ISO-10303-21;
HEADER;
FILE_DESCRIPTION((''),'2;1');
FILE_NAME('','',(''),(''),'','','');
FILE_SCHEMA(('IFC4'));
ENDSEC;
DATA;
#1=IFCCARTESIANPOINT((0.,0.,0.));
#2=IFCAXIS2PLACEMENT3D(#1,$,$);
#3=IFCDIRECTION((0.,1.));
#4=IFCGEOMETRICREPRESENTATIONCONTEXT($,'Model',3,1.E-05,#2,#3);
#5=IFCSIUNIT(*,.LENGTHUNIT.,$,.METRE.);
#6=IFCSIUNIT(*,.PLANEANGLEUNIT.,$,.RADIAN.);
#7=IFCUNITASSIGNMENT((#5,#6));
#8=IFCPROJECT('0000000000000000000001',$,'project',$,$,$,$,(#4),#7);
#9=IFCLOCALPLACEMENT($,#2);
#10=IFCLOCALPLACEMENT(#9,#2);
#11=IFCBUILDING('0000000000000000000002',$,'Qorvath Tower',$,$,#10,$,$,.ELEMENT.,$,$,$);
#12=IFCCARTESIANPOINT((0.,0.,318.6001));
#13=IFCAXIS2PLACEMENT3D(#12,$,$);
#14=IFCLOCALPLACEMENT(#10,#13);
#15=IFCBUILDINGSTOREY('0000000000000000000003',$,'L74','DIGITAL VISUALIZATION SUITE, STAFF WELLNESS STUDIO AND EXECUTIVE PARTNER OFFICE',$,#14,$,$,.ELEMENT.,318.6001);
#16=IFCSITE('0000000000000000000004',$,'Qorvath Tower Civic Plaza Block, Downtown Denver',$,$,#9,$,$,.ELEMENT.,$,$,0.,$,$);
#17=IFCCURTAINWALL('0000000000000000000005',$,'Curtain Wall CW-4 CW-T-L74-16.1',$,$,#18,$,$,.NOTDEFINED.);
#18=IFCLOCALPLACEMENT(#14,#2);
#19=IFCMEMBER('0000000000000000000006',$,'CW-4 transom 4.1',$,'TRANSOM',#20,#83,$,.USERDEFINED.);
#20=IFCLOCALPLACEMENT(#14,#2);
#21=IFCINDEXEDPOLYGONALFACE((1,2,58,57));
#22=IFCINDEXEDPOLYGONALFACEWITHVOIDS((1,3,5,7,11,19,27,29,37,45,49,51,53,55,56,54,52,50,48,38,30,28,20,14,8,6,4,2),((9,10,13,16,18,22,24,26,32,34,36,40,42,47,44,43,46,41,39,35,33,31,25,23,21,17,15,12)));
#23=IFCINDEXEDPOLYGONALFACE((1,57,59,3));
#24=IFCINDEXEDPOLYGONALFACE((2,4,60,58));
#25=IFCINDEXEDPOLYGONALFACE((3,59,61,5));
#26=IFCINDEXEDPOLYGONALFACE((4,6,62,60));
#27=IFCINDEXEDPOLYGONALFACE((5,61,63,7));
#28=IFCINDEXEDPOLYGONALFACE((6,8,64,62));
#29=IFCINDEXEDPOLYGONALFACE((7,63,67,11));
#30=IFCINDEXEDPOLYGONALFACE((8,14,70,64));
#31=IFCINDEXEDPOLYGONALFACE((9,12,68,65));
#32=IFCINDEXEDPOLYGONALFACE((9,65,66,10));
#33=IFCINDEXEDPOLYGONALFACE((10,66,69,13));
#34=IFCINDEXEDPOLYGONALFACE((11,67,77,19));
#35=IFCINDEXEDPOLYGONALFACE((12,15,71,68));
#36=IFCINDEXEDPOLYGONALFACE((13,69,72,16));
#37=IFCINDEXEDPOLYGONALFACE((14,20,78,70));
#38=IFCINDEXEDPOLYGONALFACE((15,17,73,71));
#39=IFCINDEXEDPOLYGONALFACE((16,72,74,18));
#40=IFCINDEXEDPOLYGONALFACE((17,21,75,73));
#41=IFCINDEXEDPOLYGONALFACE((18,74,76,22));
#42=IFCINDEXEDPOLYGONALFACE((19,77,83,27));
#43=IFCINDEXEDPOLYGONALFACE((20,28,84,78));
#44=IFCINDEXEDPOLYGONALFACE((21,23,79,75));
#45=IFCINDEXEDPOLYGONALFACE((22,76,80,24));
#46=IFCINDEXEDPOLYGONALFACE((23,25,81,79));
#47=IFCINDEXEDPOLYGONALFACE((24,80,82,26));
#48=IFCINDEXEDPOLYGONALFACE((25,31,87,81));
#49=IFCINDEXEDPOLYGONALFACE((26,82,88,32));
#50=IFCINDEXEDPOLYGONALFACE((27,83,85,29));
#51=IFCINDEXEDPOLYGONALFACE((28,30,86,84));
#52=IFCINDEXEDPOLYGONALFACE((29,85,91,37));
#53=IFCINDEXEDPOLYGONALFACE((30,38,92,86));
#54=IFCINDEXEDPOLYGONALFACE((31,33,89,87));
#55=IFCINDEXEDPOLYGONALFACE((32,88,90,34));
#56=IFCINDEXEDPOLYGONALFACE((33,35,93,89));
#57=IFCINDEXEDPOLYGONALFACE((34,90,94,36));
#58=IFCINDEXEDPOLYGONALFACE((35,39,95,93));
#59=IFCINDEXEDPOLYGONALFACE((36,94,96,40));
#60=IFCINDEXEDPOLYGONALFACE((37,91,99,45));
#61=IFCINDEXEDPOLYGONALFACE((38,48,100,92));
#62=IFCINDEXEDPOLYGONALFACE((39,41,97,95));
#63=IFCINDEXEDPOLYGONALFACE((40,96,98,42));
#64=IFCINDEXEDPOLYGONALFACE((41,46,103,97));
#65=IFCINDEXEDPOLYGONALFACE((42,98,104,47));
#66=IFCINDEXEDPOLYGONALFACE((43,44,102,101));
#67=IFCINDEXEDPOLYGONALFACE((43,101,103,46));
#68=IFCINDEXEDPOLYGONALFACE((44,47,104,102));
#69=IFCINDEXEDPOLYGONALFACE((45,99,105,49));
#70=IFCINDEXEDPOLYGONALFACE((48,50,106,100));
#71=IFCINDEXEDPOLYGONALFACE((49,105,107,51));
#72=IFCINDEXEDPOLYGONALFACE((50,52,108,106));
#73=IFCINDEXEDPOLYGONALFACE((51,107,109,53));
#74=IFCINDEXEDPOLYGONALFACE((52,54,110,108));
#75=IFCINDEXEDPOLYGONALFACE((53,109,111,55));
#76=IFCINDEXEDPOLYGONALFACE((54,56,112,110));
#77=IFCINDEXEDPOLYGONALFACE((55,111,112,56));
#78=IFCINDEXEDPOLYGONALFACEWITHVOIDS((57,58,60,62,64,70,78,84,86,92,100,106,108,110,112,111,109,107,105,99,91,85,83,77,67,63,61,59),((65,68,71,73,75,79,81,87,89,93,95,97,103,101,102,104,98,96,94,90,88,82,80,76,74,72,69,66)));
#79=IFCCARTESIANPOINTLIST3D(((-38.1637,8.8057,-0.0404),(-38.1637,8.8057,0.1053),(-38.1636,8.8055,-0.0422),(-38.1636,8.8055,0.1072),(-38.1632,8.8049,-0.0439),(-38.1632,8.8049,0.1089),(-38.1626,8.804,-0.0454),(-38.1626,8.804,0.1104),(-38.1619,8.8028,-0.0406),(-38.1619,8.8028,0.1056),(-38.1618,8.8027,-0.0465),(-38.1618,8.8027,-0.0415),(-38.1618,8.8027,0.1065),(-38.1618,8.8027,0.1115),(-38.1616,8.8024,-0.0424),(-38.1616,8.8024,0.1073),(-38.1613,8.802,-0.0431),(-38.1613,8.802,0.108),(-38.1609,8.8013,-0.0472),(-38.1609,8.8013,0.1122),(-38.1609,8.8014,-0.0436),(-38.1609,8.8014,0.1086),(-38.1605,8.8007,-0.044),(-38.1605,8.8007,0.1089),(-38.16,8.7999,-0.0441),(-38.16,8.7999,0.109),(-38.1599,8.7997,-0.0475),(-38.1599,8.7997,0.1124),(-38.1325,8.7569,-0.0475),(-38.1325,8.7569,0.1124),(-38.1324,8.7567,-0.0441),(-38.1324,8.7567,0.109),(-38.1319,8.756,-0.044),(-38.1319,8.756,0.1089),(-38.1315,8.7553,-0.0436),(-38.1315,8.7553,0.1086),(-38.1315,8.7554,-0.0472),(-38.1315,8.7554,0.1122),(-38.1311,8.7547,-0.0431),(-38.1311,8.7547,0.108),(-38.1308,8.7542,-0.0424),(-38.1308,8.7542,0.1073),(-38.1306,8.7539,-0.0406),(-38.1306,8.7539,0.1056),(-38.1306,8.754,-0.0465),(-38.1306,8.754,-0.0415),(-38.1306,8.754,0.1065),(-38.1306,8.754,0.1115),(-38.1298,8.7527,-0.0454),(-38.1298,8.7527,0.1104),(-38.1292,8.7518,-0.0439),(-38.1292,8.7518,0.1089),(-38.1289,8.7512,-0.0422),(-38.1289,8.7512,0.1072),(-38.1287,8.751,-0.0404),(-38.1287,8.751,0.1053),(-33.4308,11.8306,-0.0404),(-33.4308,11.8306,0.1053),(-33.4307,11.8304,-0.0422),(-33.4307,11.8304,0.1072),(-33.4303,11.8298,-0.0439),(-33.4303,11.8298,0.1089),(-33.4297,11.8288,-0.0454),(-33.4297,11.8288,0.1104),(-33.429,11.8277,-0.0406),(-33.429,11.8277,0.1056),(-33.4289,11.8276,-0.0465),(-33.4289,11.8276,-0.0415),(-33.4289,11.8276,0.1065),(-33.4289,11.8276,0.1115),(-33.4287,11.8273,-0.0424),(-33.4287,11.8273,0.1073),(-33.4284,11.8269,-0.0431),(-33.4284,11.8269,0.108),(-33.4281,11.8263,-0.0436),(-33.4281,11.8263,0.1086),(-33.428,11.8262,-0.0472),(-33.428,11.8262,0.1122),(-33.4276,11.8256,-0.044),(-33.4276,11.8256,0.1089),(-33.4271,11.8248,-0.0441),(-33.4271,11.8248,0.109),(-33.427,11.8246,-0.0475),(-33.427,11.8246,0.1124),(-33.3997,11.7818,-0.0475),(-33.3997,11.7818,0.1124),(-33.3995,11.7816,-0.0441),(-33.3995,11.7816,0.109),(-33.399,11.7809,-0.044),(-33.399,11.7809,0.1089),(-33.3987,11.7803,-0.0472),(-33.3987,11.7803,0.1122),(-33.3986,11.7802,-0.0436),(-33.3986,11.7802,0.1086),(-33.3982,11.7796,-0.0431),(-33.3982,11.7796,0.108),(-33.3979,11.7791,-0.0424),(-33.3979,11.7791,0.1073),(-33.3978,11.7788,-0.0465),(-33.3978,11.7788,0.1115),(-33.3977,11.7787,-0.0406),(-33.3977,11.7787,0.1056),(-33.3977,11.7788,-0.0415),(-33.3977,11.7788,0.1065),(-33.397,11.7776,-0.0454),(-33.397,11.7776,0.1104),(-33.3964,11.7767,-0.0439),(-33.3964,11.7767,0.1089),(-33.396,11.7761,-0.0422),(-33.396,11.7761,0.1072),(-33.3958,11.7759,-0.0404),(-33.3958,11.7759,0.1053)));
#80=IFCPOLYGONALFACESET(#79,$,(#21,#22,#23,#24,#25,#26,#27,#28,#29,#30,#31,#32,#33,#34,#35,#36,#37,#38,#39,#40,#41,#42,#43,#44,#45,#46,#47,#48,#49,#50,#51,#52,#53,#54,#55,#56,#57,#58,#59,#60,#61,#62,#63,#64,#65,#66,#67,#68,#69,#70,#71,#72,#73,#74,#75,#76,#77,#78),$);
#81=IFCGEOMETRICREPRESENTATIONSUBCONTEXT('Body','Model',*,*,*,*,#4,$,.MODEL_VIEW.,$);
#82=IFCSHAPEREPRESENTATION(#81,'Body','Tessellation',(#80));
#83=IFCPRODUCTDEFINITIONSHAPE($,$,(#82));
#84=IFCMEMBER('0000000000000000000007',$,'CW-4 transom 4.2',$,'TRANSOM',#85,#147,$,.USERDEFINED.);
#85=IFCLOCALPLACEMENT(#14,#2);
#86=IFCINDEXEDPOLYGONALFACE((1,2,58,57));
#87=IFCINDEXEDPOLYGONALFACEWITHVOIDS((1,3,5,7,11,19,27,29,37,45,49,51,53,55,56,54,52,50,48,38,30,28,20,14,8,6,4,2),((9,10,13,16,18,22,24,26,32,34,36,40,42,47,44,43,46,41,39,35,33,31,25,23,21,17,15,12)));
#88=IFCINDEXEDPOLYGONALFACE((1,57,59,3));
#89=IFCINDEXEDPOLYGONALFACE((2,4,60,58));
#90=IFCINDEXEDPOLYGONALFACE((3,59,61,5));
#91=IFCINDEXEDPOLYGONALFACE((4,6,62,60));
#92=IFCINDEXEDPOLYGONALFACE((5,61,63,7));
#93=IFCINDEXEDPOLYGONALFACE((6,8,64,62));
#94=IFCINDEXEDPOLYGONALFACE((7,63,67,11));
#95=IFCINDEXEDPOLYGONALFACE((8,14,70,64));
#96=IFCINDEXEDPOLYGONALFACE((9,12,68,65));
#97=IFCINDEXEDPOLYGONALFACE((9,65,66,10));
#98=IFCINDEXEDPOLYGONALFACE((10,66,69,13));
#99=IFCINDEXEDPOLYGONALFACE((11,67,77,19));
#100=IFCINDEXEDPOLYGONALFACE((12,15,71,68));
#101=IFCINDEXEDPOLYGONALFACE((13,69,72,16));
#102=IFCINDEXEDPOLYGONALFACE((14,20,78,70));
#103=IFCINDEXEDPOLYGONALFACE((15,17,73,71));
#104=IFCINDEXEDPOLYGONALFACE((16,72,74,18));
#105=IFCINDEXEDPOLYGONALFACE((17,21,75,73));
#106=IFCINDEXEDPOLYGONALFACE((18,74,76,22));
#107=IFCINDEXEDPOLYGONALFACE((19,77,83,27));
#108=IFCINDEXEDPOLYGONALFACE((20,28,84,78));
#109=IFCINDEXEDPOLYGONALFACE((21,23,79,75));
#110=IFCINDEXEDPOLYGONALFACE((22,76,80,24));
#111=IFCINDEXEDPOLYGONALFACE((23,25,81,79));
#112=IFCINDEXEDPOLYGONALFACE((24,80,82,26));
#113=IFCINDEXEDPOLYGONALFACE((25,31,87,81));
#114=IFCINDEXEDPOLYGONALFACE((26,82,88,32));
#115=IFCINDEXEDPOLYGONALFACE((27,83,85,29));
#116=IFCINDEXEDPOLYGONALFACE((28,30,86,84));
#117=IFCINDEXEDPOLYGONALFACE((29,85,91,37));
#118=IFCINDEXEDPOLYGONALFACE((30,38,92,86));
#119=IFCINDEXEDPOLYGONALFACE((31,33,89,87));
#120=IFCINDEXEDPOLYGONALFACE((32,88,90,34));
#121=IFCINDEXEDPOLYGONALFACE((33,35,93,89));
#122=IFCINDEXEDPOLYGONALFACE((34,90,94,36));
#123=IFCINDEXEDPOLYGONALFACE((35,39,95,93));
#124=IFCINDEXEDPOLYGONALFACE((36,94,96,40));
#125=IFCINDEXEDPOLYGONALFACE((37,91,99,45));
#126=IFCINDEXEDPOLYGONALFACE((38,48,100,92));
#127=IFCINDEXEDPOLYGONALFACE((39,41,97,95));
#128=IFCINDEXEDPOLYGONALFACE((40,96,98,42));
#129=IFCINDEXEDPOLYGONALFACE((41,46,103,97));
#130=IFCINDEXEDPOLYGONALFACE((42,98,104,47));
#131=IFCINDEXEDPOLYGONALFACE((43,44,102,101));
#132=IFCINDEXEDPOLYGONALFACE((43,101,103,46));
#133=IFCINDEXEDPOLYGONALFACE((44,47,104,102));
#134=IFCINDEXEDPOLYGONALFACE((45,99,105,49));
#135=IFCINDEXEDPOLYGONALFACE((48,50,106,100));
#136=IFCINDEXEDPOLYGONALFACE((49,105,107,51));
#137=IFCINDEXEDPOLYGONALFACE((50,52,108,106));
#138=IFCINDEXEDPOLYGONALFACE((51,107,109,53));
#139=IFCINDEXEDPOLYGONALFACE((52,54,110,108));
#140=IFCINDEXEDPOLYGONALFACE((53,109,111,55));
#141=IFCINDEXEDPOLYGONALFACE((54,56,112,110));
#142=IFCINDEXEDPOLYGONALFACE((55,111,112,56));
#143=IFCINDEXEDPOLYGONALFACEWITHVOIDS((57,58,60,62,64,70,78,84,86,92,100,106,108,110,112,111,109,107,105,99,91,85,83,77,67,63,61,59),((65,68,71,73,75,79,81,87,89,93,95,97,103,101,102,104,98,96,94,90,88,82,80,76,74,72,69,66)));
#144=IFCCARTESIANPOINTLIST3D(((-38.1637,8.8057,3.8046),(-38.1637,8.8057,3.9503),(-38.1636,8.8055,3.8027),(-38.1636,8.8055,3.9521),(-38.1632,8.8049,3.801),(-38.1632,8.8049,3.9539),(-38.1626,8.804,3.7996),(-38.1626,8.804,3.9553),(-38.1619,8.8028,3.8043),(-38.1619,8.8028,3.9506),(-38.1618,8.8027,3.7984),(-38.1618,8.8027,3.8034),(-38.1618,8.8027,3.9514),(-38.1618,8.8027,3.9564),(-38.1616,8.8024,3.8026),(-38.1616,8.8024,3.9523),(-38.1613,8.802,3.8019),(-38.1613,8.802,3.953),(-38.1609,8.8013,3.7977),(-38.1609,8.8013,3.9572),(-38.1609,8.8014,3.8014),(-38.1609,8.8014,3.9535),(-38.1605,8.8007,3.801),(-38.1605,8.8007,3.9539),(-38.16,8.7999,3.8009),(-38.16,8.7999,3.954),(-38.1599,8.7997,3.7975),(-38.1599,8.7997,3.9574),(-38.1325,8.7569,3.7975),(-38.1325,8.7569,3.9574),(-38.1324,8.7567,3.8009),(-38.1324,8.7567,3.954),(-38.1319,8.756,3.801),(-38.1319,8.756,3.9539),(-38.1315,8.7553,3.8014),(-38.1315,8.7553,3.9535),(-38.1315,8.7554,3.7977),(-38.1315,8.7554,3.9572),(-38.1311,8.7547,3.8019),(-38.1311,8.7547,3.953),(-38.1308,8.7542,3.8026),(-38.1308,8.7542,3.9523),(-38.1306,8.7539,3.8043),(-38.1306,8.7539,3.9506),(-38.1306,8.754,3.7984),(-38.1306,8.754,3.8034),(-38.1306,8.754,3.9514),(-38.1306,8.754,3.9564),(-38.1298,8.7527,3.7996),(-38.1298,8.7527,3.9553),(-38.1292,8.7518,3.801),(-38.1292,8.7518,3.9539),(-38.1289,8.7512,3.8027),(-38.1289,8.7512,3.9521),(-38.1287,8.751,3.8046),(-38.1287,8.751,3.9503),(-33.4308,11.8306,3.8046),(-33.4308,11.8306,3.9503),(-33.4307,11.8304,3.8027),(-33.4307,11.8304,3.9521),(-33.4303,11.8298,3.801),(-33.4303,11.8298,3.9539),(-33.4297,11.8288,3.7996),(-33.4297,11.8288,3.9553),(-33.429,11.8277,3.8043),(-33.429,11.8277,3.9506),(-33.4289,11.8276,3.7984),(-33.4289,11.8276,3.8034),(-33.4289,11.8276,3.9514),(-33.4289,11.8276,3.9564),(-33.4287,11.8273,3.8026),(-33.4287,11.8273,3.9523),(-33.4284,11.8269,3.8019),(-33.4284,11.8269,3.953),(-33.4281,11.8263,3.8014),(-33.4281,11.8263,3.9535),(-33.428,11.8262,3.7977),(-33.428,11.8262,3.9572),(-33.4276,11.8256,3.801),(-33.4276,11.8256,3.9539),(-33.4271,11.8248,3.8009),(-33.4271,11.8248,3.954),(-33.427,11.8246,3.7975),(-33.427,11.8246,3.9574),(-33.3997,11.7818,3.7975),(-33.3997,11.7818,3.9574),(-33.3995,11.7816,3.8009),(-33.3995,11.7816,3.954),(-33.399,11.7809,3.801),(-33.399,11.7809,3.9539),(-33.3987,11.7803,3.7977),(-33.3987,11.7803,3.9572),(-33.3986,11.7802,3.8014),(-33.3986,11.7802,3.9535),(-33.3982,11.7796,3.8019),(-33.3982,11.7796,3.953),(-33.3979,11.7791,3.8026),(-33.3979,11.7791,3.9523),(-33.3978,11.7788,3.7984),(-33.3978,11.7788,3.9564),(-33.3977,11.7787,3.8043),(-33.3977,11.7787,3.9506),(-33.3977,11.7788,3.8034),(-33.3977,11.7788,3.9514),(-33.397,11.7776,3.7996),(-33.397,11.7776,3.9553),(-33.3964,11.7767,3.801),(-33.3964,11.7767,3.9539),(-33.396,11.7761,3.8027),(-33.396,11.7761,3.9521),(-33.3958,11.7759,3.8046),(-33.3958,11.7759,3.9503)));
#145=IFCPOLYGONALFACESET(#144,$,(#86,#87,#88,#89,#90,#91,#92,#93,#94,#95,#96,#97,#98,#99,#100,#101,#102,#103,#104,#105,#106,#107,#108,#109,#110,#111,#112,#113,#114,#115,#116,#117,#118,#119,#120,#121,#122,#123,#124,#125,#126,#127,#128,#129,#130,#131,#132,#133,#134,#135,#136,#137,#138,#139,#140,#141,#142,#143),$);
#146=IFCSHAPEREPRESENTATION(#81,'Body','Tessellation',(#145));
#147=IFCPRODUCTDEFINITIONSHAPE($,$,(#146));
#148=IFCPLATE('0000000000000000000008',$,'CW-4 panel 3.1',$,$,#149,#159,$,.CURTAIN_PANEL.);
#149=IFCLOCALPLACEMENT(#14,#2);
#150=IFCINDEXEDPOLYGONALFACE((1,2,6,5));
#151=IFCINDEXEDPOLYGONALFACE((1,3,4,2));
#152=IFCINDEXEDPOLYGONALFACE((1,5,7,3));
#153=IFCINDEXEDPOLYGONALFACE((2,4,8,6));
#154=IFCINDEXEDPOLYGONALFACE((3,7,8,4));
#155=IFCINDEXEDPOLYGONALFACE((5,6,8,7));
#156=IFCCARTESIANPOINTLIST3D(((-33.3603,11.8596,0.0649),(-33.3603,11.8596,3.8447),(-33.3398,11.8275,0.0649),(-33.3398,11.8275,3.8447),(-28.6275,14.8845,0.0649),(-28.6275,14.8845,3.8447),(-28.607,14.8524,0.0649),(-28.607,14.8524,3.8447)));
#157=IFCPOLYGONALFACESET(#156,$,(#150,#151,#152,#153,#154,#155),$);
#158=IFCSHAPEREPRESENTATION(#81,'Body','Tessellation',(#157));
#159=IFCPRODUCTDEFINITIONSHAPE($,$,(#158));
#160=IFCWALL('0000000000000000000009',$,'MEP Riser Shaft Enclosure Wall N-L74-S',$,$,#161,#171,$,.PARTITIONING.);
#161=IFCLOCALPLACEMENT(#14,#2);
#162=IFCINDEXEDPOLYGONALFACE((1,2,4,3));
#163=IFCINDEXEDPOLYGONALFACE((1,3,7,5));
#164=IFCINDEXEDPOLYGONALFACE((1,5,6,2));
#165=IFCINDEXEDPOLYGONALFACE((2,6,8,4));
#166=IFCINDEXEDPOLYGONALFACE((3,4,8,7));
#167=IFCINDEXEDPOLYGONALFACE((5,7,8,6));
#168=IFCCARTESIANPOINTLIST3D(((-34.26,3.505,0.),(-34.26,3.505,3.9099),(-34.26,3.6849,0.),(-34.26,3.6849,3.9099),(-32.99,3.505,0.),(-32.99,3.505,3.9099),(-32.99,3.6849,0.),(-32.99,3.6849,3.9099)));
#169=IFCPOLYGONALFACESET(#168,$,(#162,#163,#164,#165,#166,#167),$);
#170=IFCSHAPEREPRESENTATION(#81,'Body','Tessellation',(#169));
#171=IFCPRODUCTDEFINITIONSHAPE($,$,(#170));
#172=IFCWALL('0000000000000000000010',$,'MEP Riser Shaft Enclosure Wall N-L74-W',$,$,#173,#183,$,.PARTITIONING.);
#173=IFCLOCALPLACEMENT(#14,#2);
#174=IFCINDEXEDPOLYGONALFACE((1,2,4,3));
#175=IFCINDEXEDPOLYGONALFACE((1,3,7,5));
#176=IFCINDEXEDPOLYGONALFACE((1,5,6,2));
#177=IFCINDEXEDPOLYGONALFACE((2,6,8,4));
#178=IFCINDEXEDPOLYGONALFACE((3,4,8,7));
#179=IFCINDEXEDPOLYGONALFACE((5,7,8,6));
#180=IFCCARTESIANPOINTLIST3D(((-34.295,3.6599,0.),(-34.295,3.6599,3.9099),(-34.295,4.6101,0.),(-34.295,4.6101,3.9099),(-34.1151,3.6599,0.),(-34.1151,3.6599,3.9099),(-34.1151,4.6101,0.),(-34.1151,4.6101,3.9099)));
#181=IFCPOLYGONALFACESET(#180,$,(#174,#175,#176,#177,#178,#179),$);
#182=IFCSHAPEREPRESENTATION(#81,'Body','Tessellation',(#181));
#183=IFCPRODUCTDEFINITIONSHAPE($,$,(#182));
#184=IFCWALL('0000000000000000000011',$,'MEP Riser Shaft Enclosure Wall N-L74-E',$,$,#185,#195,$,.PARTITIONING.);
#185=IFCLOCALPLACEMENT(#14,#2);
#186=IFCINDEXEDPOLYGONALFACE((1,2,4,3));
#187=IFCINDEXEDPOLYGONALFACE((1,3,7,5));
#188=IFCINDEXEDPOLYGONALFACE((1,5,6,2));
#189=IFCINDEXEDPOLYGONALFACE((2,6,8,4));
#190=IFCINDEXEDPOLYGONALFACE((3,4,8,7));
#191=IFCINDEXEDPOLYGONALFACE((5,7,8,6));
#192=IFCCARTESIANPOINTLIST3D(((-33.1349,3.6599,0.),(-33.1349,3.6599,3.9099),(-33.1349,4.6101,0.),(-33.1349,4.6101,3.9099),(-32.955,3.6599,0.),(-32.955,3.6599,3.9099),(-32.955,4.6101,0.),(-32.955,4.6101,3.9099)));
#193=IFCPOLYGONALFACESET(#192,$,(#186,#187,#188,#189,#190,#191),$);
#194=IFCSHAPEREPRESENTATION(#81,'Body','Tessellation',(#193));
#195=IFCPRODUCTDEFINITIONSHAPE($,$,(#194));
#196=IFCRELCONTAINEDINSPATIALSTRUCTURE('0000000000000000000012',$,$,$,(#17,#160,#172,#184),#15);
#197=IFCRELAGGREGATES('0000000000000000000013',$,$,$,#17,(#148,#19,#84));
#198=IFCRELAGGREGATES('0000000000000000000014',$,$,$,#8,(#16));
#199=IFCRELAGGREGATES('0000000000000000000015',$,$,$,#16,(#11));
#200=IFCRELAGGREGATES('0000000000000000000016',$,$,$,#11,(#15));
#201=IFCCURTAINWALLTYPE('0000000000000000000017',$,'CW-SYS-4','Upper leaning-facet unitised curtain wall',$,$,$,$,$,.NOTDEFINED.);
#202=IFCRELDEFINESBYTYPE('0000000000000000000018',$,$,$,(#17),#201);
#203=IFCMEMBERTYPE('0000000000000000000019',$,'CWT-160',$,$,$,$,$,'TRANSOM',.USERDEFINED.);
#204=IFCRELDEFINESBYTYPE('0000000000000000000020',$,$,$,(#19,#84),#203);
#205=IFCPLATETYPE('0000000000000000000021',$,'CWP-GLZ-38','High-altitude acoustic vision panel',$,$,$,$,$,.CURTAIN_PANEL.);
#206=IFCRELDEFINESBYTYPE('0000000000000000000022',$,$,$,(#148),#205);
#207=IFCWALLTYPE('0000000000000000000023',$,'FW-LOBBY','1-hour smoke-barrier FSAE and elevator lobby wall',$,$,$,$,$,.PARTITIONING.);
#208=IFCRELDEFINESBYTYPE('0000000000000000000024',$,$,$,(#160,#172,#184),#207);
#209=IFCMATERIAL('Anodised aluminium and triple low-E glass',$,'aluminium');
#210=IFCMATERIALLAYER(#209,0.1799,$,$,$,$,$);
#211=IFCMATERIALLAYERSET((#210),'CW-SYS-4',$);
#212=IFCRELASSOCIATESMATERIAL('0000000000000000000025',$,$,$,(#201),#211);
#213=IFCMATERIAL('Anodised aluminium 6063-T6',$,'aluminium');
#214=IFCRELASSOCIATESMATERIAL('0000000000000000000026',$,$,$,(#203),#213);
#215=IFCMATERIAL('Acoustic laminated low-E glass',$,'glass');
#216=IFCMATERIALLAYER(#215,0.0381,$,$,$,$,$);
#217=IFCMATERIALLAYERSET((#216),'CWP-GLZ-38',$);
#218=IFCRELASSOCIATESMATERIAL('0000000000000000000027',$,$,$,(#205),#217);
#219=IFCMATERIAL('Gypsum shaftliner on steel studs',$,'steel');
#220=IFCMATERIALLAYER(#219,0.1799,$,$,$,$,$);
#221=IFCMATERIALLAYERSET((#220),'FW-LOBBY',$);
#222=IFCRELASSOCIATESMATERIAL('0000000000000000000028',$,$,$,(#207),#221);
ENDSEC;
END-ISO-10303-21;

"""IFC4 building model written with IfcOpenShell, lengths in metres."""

from ifc_helpers import new_model, si_unit, direction, frame, frame_2d, origin, origin_2d, place, context, subcontext, project, spatial, rectangle, hollow_rectangle, extrude, material, layer, layer_set, material_profile, profile_set, type_object, element, aggregate, save


model = new_model("IFC4")

# Units and contexts
model_context = context("Model", 3, precision=1e-05, world=origin(), true_north=direction((0.0, 1.0)))
body_context = subcontext(model_context, "Body", "Model", "MODEL_VIEW")
ifc_project = project(units=[si_unit("LENGTHUNIT", "METRE"), si_unit("PLANEANGLEUNIT", "RADIAN")], contexts=[model_context])

# Site, building, storey
site_placement = place(None, origin())
site = spatial("IfcSite", under=ifc_project, at=site_placement, Name="Qorvath Tower Civic Plaza Block, Downtown Denver", CompositionType="ELEMENT", RefElevation=0.0)
building_placement = place(site_placement, origin())
building = spatial("IfcBuilding", under=site, at=building_placement, Name="Qorvath Tower", CompositionType="ELEMENT")
storey_placement = place(building_placement, frame((0.0, 0.0, 318.6001)))
storey = spatial("IfcBuildingStorey", under=building, at=storey_placement, Name="L74", Description="DIGITAL VISUALIZATION SUITE, STAFF WELLNESS STUDIO AND EXECUTIVE PARTNER OFFICE", CompositionType="ELEMENT", Elevation=318.6001)

# Curtain wall, members, plate
ifc_material_1 = material(Name="Anodised aluminium and triple low-E glass", Category="aluminium")
ifc_layer_1 = layer(ifc_material_1, 0.1799)
ifc_layer_set_1 = layer_set([ifc_layer_1], Name="CW-SYS-4")
curtain_wall_type = type_object("IfcCurtainWallType", Name="CW-SYS-4", Description="Upper leaning-facet unitised curtain wall", PredefinedType="NOTDEFINED", material=ifc_layer_set_1)
curtain_wall_placement = place(storey_placement, origin())
curtain_wall = element("IfcCurtainWall", 1, at=curtain_wall_placement, inside=storey, type_object=curtain_wall_type, Name="Curtain Wall CW-4 CW-T-L74-16.1", PredefinedType="NOTDEFINED")
ifc_material_2 = material(Name="Anodised aluminium 6063-T6", Category="aluminium")
ifc_material_profile_1 = material_profile(ifc_material_2, hollow_rectangle(XDim=0.0649, YDim=0.1599, WallThickness=0.0034, InnerFilletRadius=0.0034, OuterFilletRadius=0.0071, at=origin_2d()), Name="CWT 160x65")
ifc_profile_set_1 = profile_set([ifc_material_profile_1], Name="Anodised aluminium 6063-T6")
member_type_1 = type_object("IfcMemberType", Name="CWT-160", ElementType="TRANSOM", PredefinedType="USERDEFINED", material=ifc_profile_set_1)
member_1_placement = place(storey_placement, frame((-33.4133, 11.8032, 0.0325), z_axis=(-0.842608, -0.538528, 0.0), x_axis=(0.538528, -0.842608, 0.0)))
member_1 = element("IfcMember", 2, at=member_1_placement, type_object=member_type_1, Name="CW-4 transom 4.1", ObjectType="TRANSOM", PredefinedType="USERDEFINED", context=body_context, shape_type="SweptSolid", body=[
    extrude(hollow_rectangle(XDim=0.0649, YDim=0.1599, WallThickness=0.0034, InnerFilletRadius=0.0034, OuterFilletRadius=0.0071, at=origin_2d()), origin(), (0.0, 0.0, 1.0), 5.6169),
])
member_2_placement = place(storey_placement, frame((-33.4133, 11.8032, 3.8774), z_axis=(-0.842608, -0.538528, 0.0), x_axis=(0.538528, -0.842608, 0.0)))
member_2 = element("IfcMember", 3, at=member_2_placement, type_object=member_type_1, Name="CW-4 transom 4.2", ObjectType="TRANSOM", PredefinedType="USERDEFINED", context=body_context, shape_type="SweptSolid", body=[
    extrude(hollow_rectangle(XDim=0.0649, YDim=0.1599, WallThickness=0.0034, InnerFilletRadius=0.0034, OuterFilletRadius=0.0071, at=origin_2d()), origin(), (0.0, 0.0, 1.0), 5.6169),
])
ifc_material_3 = material(Name="Acoustic laminated low-E glass", Category="glass")
ifc_layer_2 = layer(ifc_material_3, 0.0381)
ifc_layer_set_2 = layer_set([ifc_layer_2], Name="CWP-GLZ-38")
plate_type = type_object("IfcPlateType", Name="CWP-GLZ-38", Description="High-altitude acoustic vision panel", PredefinedType="CURTAIN_PANEL", material=ifc_layer_set_2)
plate_placement = place(storey_placement, frame((-30.9836, 13.356, 0.0649), z_axis=(0.0, 0.0, 1.0), x_axis=(-0.842605, -0.538532, 0.0)))
plate = element("IfcPlate", 4, at=plate_placement, type_object=plate_type, Name="CW-4 panel 3.1", PredefinedType="CURTAIN_PANEL", context=body_context, shape_type="SweptSolid", body=[
    extrude(rectangle(XDim=5.6169, YDim=0.0381, at=origin_2d()), origin(), (0.0, 0.0, 1.0), 3.7798),
])
aggregate(curtain_wall, [plate, member_1, member_2])

# Walls
ifc_material_4 = material(Name="Gypsum shaftliner on steel studs", Category="steel")
ifc_layer_3 = layer(ifc_material_4, 0.1799)
ifc_layer_set_3 = layer_set([ifc_layer_3], Name="FW-LOBBY")
wall_type_1 = type_object("IfcWallType", Name="FW-LOBBY", Description="1-hour smoke-barrier FSAE and elevator lobby wall", PredefinedType="PARTITIONING", material=ifc_layer_set_3)
wall_1_placement = place(storey_placement, frame((-32.99, 3.595, 0.0), z_axis=(0.0, 0.0, 1.0), x_axis=(-1.0, 0.0, 0.0)))
element("IfcWall", 5, at=wall_1_placement, inside=storey, type_object=wall_type_1, Name="MEP Riser Shaft Enclosure Wall N-L74-S", PredefinedType="PARTITIONING", context=body_context, shape_type="SweptSolid", body=[
    extrude(rectangle(XDim=1.27, YDim=0.1799, at=frame_2d((0.635, 0.0))), origin(), (0.0, 0.0, 1.0), 3.9099),
])
for number, where, z_axis, x_axis, name in (
    (6, (-34.2051, 3.6599, 0.0), (0.0, 0.0, 1.0), (0.0, 1.0, 0.0), "MEP Riser Shaft Enclosure Wall N-L74-W"),
    (7, (-33.0449, 4.6101, 0.0), (0.0, 0.0, 1.0), (0.0, -1.0, 0.0), "MEP Riser Shaft Enclosure Wall N-L74-E"),
):
    element("IfcWall", number, at=place(storey_placement, frame(where, z_axis=z_axis, x_axis=x_axis)), inside=storey, type_object=wall_type_1, Name=name, PredefinedType="PARTITIONING", context=body_context, shape_type="SweptSolid", body=[
        extrude(rectangle(XDim=0.9502, YDim=0.1799, at=frame_2d((0.4751, 0.0))), origin(), (0.0, 0.0, 1.0), 3.9099),
    ])

save(model, "model.ifc")
